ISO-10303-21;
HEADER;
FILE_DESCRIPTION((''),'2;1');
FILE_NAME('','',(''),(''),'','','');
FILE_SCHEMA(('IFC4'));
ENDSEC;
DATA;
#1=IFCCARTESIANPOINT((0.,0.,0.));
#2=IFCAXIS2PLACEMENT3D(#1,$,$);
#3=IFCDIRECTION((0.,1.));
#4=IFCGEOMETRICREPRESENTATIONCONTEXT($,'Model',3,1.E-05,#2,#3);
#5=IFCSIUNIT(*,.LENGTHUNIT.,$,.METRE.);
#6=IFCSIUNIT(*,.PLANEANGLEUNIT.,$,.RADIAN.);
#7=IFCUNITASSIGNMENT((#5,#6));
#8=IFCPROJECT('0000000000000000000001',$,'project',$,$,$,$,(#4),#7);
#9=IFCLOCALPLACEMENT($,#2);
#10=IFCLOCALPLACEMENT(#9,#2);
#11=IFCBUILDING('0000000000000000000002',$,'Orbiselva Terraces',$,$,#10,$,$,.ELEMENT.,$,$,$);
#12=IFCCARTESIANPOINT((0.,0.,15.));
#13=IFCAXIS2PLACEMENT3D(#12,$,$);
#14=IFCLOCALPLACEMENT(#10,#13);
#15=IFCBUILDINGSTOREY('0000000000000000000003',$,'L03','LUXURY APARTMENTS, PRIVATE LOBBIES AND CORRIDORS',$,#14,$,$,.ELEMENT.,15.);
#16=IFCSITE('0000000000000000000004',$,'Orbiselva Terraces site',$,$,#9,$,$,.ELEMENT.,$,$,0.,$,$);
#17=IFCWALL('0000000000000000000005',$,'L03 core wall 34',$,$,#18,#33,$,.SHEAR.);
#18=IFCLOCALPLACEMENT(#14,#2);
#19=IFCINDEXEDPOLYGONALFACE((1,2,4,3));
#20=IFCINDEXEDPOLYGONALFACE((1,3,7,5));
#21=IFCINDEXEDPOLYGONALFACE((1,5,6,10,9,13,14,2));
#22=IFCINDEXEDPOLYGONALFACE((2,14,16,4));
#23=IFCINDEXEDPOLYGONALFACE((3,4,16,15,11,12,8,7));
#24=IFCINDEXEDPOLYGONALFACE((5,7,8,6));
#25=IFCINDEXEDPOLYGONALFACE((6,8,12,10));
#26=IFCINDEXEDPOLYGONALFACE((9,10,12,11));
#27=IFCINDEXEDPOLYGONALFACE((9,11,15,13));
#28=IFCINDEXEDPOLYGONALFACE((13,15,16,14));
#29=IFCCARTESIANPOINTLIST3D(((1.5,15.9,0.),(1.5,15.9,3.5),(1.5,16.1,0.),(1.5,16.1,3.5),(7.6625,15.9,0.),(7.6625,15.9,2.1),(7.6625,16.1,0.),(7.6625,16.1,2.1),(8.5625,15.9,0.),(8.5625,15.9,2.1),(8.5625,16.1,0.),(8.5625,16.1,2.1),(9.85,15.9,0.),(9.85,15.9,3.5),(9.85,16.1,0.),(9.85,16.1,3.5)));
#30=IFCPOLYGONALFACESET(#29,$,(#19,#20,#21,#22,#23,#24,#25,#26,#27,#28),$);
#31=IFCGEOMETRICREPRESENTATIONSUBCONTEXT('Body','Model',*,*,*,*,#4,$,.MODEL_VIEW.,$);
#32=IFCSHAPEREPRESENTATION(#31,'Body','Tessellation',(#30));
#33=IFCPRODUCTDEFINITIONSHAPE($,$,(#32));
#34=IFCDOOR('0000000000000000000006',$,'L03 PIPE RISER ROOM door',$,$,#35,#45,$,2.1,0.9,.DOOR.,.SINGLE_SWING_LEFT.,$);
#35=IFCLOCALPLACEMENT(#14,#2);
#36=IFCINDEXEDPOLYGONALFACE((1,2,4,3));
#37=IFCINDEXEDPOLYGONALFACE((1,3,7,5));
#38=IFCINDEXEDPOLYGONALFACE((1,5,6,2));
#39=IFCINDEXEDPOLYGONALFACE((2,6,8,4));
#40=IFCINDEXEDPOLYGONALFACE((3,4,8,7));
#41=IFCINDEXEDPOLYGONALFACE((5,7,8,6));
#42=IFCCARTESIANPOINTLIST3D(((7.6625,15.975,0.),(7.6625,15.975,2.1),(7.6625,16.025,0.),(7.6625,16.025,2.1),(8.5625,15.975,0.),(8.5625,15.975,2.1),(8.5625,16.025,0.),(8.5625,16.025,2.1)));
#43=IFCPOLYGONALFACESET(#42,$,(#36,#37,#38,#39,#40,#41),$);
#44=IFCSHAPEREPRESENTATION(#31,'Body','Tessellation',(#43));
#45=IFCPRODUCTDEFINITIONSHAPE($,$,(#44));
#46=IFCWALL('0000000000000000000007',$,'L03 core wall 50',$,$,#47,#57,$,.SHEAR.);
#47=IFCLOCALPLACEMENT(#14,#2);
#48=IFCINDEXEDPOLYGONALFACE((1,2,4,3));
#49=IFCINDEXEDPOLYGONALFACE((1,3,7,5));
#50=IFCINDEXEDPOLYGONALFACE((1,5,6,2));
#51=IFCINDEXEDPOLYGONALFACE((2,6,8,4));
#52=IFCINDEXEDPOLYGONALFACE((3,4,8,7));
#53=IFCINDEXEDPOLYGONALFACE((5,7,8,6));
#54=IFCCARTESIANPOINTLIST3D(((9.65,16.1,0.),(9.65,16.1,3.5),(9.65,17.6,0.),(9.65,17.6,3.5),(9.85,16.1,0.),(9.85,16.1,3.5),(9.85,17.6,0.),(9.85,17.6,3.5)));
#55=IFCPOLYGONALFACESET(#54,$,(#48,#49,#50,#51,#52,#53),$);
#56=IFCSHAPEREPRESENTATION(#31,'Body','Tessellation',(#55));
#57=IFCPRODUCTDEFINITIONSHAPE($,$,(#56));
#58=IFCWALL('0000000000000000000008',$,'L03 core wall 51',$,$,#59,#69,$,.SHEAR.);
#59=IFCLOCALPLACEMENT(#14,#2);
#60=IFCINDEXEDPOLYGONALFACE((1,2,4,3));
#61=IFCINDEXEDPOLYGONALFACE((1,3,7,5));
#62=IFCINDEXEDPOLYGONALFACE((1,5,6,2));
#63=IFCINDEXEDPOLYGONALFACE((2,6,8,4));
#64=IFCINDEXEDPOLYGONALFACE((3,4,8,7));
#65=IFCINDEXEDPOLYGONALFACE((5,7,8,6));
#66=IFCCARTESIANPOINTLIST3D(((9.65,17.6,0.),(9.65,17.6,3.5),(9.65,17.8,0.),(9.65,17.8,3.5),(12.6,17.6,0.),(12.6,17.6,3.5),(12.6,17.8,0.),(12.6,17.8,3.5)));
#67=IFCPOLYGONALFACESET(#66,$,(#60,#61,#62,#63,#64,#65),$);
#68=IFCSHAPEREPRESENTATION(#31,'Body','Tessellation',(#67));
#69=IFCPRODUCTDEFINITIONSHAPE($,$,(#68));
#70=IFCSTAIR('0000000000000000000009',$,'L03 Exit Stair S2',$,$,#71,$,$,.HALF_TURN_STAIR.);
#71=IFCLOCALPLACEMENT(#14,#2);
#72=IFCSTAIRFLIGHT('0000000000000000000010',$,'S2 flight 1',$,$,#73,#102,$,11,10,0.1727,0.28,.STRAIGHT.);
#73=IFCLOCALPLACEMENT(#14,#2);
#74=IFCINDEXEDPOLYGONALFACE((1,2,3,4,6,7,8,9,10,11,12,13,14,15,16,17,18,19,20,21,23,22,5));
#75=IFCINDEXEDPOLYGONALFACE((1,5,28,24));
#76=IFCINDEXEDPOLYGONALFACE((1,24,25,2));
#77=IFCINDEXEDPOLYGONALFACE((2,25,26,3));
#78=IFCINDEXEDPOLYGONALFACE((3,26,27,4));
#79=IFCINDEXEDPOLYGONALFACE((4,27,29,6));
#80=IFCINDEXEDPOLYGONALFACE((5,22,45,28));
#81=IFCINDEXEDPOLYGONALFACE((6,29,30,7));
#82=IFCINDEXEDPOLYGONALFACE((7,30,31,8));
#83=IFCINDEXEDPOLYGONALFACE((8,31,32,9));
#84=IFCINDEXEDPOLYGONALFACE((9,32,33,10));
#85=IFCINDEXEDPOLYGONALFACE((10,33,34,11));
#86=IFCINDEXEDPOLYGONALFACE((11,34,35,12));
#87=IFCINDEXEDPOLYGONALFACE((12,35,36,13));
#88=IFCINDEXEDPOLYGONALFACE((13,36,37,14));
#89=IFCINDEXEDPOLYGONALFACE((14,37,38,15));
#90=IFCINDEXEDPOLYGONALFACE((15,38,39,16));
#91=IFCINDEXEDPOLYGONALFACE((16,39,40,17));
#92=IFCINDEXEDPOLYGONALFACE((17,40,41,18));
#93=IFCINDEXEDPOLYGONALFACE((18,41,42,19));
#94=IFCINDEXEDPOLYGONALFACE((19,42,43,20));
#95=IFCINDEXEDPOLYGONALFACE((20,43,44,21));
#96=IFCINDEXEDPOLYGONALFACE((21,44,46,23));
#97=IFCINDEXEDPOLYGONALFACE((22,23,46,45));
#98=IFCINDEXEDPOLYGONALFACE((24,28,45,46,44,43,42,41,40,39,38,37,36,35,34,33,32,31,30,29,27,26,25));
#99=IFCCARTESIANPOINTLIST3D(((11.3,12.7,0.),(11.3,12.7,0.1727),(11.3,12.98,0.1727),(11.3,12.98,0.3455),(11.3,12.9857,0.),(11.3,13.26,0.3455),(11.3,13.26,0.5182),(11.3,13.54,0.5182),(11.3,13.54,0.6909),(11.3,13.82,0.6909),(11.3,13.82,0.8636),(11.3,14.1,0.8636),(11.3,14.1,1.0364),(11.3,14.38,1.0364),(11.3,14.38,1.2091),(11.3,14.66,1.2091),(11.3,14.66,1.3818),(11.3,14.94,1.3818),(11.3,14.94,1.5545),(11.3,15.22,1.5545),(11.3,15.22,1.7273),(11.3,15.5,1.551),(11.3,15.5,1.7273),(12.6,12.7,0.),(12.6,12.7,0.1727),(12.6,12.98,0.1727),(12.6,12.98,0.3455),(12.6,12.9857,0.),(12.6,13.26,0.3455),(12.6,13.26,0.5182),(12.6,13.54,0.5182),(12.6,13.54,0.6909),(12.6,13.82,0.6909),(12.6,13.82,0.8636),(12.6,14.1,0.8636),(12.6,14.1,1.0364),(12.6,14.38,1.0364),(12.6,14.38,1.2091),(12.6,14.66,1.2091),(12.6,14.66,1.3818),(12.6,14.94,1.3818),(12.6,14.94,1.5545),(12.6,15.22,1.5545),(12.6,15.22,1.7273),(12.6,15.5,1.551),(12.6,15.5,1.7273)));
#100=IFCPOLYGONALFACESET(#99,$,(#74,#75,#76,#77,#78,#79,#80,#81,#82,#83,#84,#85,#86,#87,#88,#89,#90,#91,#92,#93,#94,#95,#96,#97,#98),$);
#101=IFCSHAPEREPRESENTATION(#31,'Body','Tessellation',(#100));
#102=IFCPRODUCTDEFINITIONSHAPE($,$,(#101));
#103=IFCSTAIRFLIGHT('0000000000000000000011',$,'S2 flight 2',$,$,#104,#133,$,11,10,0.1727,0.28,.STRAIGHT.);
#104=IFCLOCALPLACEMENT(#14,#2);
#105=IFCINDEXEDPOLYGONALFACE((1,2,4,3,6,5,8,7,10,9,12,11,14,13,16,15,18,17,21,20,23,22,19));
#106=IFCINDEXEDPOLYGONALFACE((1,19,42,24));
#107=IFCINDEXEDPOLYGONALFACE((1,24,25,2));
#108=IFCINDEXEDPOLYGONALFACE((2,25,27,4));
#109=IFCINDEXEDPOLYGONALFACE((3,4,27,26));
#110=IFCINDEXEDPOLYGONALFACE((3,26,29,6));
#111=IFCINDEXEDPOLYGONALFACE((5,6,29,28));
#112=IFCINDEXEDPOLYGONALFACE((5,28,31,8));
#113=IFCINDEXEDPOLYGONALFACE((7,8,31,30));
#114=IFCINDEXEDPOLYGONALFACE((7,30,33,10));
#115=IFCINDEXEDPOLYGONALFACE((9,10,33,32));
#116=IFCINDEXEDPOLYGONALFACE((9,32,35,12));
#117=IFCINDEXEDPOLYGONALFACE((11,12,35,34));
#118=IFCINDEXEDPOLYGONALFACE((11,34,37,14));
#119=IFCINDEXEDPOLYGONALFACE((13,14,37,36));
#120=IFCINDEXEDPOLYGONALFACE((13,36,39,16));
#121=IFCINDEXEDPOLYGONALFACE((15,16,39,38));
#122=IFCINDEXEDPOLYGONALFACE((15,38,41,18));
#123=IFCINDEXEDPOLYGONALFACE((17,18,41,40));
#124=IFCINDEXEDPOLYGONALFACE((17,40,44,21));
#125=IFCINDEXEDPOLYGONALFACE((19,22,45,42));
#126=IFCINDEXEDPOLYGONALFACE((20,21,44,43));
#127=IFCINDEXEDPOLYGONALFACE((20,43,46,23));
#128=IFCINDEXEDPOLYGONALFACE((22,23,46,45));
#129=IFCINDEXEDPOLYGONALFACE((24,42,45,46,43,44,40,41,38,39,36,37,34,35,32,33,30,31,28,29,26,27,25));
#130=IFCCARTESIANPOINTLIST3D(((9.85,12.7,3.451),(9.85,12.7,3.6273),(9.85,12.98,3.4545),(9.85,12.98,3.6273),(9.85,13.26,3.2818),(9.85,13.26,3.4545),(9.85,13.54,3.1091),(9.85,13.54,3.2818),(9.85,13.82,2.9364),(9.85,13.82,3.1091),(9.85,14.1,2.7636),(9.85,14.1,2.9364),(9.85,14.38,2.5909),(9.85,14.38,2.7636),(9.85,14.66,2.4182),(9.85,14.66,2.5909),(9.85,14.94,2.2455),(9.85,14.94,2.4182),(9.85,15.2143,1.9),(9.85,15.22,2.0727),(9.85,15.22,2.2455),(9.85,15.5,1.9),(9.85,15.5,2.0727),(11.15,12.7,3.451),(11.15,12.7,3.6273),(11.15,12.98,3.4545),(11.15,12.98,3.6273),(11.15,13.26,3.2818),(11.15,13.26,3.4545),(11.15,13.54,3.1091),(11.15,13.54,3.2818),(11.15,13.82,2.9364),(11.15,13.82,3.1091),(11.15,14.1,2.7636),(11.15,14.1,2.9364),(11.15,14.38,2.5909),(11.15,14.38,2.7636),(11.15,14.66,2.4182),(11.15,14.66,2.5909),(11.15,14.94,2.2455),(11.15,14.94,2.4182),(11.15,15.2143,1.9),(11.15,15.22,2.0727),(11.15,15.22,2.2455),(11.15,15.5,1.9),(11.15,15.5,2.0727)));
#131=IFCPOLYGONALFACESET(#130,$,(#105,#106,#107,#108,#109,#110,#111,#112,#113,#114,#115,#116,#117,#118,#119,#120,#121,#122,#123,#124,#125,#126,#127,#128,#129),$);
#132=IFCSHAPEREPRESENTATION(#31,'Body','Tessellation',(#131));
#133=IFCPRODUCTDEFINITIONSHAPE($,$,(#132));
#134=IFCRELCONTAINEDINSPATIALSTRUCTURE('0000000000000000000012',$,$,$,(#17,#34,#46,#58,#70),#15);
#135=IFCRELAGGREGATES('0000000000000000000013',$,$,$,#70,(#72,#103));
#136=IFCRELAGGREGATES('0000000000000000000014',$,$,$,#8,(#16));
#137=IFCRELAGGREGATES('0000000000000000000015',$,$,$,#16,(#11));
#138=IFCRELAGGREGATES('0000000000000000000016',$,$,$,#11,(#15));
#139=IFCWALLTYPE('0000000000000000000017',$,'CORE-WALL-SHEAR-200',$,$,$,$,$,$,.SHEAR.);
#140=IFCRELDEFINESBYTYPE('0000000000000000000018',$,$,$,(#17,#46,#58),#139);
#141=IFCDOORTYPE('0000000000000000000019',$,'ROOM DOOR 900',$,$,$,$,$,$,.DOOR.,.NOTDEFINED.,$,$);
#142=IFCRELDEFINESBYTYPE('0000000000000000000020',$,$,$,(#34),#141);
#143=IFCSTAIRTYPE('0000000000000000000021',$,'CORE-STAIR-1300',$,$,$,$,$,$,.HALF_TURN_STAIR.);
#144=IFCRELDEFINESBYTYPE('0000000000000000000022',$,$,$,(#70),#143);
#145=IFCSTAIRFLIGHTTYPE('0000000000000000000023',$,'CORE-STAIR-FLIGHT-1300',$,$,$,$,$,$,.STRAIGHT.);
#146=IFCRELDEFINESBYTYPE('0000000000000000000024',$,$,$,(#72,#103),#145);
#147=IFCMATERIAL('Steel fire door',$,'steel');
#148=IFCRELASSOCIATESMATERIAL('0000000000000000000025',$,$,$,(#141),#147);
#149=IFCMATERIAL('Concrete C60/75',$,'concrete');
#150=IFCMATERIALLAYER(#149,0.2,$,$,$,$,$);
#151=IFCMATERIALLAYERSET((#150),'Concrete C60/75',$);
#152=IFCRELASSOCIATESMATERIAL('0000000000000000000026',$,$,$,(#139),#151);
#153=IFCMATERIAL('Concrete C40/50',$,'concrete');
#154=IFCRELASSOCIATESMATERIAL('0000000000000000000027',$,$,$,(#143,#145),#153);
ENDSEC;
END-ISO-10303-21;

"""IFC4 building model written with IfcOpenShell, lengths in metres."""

from ifc_helpers import new_model, si_unit, direction, frame, frame_2d, origin, place, context, subcontext, project, spatial, polyline, rectangle, outline, extrude, material, layer, layer_set, type_object, element, fill, aggregate, save


model = new_model("IFC4")

# Units and contexts
model_context = context("Model", 3, precision=1e-05, world=origin(), true_north=direction((0.0, 1.0)))
body_context = subcontext(model_context, "Body", "Model", "MODEL_VIEW")
ifc_project = project(units=[si_unit("LENGTHUNIT", "METRE"), si_unit("PLANEANGLEUNIT", "RADIAN")], contexts=[model_context])

# Site, building, storey
site_placement = place(None, origin())
site = spatial("IfcSite", under=ifc_project, at=site_placement, Name="Orbiselva Terraces site", CompositionType="ELEMENT", RefElevation=0.0)
building_placement = place(site_placement, origin())
building = spatial("IfcBuilding", under=site, at=building_placement, Name="Orbiselva Terraces", CompositionType="ELEMENT")
storey_placement = place(building_placement, frame((0.0, 0.0, 15.0)))
storey = spatial("IfcBuildingStorey", under=building, at=storey_placement, Name="L03", Description="LUXURY APARTMENTS, PRIVATE LOBBIES AND CORRIDORS", CompositionType="ELEMENT", Elevation=15.0)

# Shared definitions
ifc_material_1 = material(Name="Steel fire door", Category="steel")
door_type = type_object("IfcDoorType", Name="ROOM DOOR 900", OperationType="NOTDEFINED", PredefinedType="DOOR", material=ifc_material_1)

# Shared definitions
ifc_material_2 = material(Name="Concrete C40/50", Category="concrete")
ifc_material_3 = material(Name="Concrete C60/75", Category="concrete")
ifc_layer_1 = layer(ifc_material_3, 0.2)
ifc_layer_set_1 = layer_set([ifc_layer_1], Name="Concrete C60/75")
wall_type_1 = type_object("IfcWallType", Name="CORE-WALL-SHEAR-200", PredefinedType="SHEAR", material=ifc_layer_set_1)

# Wall, opening, door
wall_1_placement = place(storey_placement, frame((9.85, 16.0, 0.0), z_axis=(0.0, 0.0, 1.0), x_axis=(-1.0, 0.0, 0.0)))
wall_1 = element("IfcWall", 1, at=wall_1_placement, inside=storey, type_object=wall_type_1, Name="L03 core wall 34", PredefinedType="SHEAR", context=body_context, shape_type="SweptSolid", body=[
    extrude(rectangle(XDim=8.35, YDim=0.2, at=frame_2d((4.175, 0.0))), origin(), (0.0, 0.0, 1.0), 3.5),
])
opening_1_placement = place(wall_1_placement, frame((1.2875, 0.0, 0.0)))
opening_1 = element("IfcOpeningElement", 2, at=opening_1_placement, cuts=wall_1, PredefinedType="OPENING", context=body_context, shape_type="SweptSolid", body=[
    extrude(rectangle(XDim=0.9, YDim=2.1, at=frame_2d((0.45, 1.05))), frame((0.0, 0.11, 0.0), z_axis=(0.0, -1.0, 0.0), x_axis=(1.0, 0.0, 0.0)), (0.0, 0.0, 1.0), 0.22),
])
door_1_placement = place(opening_1_placement, origin())
door_1 = element("IfcDoor", 3, at=door_1_placement, inside=storey, type_object=door_type, Name="L03 PIPE RISER ROOM door", OperationType="SINGLE_SWING_LEFT", OverallHeight=2.1, OverallWidth=0.9, PredefinedType="DOOR", context=body_context, shape_type="SweptSolid", body=[
    extrude(rectangle(XDim=0.9, YDim=2.1, at=frame_2d((0.45, 1.05))), frame((0.0, 0.025, 0.0), z_axis=(0.0, -1.0, 0.0), x_axis=(1.0, 0.0, 0.0)), (0.0, 0.0, 1.0), 0.05),
])
fill(opening_1, door_1)

# Walls
wall_2_placement = place(storey_placement, frame((9.75, 16.1, 0.0), z_axis=(0.0, 0.0, 1.0), x_axis=(0.0, 1.0, 0.0)))
element("IfcWall", 4, at=wall_2_placement, inside=storey, type_object=wall_type_1, Name="L03 core wall 50", PredefinedType="SHEAR", context=body_context, shape_type="SweptSolid", body=[
    extrude(rectangle(XDim=1.5, YDim=0.2, at=frame_2d((0.75, 0.0))), origin(), (0.0, 0.0, 1.0), 3.5),
])
wall_3_placement = place(storey_placement, frame((9.65, 17.7, 0.0), z_axis=(0.0, 0.0, 1.0), x_axis=(1.0, 0.0, 0.0)))
element("IfcWall", 5, at=wall_3_placement, inside=storey, type_object=wall_type_1, Name="L03 core wall 51", PredefinedType="SHEAR", context=body_context, shape_type="SweptSolid", body=[
    extrude(rectangle(XDim=2.95, YDim=0.2, at=frame_2d((1.475, 0.0))), origin(), (0.0, 0.0, 1.0), 3.5),
])

# Stair, stair flights
stair_type = type_object("IfcStairType", Name="CORE-STAIR-1300", PredefinedType="HALF_TURN_STAIR", material=ifc_material_2)
stair_placement = place(storey_placement, origin())
stair = element("IfcStair", 6, at=stair_placement, inside=storey, type_object=stair_type, Name="L03 Exit Stair S2", PredefinedType="HALF_TURN_STAIR")
stair_flight_type = type_object("IfcStairFlightType", Name="CORE-STAIR-FLIGHT-1300", PredefinedType="STRAIGHT", material=ifc_material_2)
stair_flight_1_placement = place(storey_placement, frame((11.95, 12.7, 0.0), z_axis=(0.0, 0.0, 1.0), x_axis=(0.0, 1.0, 0.0)))
stair_flight_1 = element("IfcStairFlight", 7, at=stair_flight_1_placement, type_object=stair_flight_type, Name="S2 flight 1", NumberOfRisers=11, NumberOfTreads=10, PredefinedType="STRAIGHT", RiserHeight=0.1727, TreadLength=0.28, context=body_context, shape_type="SweptSolid", body=[
    extrude(outline(polyline([(0.0, 0.0), (0.0, 0.1727), (0.28, 0.1727), (0.28, 0.3455), (0.56, 0.3455), (0.56, 0.5182), (0.84, 0.5182), (0.84, 0.6909), (1.12, 0.6909), (1.12, 0.8636), (1.4, 0.8636), (1.4, 1.0364), (1.68, 1.0364), (1.68, 1.2091), (1.96, 1.2091), (1.96, 1.3818), (2.24, 1.3818), (2.24, 1.5545), (2.52, 1.5545), (2.52, 1.7273), (2.8, 1.7273), (2.8, 1.9), (2.8, 1.551), (0.2857, 0.0), (0.0, 0.0)])), frame((0.0, 0.65, 0.0), z_axis=(0.0, -1.0, 0.0), x_axis=(1.0, 0.0, 0.0)), (0.0, 0.0, 1.0), 1.3),
])
stair_flight_2_placement = place(storey_placement, frame((10.5, 15.5, 1.9), z_axis=(0.0, 0.0, 1.0), x_axis=(0.0, -1.0, 0.0)))
stair_flight_2 = element("IfcStairFlight", 8, at=stair_flight_2_placement, type_object=stair_flight_type, Name="S2 flight 2", NumberOfRisers=11, NumberOfTreads=10, PredefinedType="STRAIGHT", RiserHeight=0.1727, TreadLength=0.28, context=body_context, shape_type="SweptSolid", body=[
    extrude(outline(polyline([(0.0, 0.0), (0.0, 0.1727), (0.28, 0.1727), (0.28, 0.3455), (0.56, 0.3455), (0.56, 0.5182), (0.84, 0.5182), (0.84, 0.6909), (1.12, 0.6909), (1.12, 0.8636), (1.4, 0.8636), (1.4, 1.0364), (1.68, 1.0364), (1.68, 1.2091), (1.96, 1.2091), (1.96, 1.3818), (2.24, 1.3818), (2.24, 1.5545), (2.52, 1.5545), (2.52, 1.7273), (2.8, 1.7273), (2.8, 1.9), (2.8, 1.551), (0.2857, 0.0), (0.0, 0.0)])), frame((0.0, 0.65, 0.0), z_axis=(0.0, -1.0, 0.0), x_axis=(1.0, 0.0, 0.0)), (0.0, 0.0, 1.0), 1.3),
])
aggregate(stair, [stair_flight_1, stair_flight_2])

save(model, "model.ifc")
